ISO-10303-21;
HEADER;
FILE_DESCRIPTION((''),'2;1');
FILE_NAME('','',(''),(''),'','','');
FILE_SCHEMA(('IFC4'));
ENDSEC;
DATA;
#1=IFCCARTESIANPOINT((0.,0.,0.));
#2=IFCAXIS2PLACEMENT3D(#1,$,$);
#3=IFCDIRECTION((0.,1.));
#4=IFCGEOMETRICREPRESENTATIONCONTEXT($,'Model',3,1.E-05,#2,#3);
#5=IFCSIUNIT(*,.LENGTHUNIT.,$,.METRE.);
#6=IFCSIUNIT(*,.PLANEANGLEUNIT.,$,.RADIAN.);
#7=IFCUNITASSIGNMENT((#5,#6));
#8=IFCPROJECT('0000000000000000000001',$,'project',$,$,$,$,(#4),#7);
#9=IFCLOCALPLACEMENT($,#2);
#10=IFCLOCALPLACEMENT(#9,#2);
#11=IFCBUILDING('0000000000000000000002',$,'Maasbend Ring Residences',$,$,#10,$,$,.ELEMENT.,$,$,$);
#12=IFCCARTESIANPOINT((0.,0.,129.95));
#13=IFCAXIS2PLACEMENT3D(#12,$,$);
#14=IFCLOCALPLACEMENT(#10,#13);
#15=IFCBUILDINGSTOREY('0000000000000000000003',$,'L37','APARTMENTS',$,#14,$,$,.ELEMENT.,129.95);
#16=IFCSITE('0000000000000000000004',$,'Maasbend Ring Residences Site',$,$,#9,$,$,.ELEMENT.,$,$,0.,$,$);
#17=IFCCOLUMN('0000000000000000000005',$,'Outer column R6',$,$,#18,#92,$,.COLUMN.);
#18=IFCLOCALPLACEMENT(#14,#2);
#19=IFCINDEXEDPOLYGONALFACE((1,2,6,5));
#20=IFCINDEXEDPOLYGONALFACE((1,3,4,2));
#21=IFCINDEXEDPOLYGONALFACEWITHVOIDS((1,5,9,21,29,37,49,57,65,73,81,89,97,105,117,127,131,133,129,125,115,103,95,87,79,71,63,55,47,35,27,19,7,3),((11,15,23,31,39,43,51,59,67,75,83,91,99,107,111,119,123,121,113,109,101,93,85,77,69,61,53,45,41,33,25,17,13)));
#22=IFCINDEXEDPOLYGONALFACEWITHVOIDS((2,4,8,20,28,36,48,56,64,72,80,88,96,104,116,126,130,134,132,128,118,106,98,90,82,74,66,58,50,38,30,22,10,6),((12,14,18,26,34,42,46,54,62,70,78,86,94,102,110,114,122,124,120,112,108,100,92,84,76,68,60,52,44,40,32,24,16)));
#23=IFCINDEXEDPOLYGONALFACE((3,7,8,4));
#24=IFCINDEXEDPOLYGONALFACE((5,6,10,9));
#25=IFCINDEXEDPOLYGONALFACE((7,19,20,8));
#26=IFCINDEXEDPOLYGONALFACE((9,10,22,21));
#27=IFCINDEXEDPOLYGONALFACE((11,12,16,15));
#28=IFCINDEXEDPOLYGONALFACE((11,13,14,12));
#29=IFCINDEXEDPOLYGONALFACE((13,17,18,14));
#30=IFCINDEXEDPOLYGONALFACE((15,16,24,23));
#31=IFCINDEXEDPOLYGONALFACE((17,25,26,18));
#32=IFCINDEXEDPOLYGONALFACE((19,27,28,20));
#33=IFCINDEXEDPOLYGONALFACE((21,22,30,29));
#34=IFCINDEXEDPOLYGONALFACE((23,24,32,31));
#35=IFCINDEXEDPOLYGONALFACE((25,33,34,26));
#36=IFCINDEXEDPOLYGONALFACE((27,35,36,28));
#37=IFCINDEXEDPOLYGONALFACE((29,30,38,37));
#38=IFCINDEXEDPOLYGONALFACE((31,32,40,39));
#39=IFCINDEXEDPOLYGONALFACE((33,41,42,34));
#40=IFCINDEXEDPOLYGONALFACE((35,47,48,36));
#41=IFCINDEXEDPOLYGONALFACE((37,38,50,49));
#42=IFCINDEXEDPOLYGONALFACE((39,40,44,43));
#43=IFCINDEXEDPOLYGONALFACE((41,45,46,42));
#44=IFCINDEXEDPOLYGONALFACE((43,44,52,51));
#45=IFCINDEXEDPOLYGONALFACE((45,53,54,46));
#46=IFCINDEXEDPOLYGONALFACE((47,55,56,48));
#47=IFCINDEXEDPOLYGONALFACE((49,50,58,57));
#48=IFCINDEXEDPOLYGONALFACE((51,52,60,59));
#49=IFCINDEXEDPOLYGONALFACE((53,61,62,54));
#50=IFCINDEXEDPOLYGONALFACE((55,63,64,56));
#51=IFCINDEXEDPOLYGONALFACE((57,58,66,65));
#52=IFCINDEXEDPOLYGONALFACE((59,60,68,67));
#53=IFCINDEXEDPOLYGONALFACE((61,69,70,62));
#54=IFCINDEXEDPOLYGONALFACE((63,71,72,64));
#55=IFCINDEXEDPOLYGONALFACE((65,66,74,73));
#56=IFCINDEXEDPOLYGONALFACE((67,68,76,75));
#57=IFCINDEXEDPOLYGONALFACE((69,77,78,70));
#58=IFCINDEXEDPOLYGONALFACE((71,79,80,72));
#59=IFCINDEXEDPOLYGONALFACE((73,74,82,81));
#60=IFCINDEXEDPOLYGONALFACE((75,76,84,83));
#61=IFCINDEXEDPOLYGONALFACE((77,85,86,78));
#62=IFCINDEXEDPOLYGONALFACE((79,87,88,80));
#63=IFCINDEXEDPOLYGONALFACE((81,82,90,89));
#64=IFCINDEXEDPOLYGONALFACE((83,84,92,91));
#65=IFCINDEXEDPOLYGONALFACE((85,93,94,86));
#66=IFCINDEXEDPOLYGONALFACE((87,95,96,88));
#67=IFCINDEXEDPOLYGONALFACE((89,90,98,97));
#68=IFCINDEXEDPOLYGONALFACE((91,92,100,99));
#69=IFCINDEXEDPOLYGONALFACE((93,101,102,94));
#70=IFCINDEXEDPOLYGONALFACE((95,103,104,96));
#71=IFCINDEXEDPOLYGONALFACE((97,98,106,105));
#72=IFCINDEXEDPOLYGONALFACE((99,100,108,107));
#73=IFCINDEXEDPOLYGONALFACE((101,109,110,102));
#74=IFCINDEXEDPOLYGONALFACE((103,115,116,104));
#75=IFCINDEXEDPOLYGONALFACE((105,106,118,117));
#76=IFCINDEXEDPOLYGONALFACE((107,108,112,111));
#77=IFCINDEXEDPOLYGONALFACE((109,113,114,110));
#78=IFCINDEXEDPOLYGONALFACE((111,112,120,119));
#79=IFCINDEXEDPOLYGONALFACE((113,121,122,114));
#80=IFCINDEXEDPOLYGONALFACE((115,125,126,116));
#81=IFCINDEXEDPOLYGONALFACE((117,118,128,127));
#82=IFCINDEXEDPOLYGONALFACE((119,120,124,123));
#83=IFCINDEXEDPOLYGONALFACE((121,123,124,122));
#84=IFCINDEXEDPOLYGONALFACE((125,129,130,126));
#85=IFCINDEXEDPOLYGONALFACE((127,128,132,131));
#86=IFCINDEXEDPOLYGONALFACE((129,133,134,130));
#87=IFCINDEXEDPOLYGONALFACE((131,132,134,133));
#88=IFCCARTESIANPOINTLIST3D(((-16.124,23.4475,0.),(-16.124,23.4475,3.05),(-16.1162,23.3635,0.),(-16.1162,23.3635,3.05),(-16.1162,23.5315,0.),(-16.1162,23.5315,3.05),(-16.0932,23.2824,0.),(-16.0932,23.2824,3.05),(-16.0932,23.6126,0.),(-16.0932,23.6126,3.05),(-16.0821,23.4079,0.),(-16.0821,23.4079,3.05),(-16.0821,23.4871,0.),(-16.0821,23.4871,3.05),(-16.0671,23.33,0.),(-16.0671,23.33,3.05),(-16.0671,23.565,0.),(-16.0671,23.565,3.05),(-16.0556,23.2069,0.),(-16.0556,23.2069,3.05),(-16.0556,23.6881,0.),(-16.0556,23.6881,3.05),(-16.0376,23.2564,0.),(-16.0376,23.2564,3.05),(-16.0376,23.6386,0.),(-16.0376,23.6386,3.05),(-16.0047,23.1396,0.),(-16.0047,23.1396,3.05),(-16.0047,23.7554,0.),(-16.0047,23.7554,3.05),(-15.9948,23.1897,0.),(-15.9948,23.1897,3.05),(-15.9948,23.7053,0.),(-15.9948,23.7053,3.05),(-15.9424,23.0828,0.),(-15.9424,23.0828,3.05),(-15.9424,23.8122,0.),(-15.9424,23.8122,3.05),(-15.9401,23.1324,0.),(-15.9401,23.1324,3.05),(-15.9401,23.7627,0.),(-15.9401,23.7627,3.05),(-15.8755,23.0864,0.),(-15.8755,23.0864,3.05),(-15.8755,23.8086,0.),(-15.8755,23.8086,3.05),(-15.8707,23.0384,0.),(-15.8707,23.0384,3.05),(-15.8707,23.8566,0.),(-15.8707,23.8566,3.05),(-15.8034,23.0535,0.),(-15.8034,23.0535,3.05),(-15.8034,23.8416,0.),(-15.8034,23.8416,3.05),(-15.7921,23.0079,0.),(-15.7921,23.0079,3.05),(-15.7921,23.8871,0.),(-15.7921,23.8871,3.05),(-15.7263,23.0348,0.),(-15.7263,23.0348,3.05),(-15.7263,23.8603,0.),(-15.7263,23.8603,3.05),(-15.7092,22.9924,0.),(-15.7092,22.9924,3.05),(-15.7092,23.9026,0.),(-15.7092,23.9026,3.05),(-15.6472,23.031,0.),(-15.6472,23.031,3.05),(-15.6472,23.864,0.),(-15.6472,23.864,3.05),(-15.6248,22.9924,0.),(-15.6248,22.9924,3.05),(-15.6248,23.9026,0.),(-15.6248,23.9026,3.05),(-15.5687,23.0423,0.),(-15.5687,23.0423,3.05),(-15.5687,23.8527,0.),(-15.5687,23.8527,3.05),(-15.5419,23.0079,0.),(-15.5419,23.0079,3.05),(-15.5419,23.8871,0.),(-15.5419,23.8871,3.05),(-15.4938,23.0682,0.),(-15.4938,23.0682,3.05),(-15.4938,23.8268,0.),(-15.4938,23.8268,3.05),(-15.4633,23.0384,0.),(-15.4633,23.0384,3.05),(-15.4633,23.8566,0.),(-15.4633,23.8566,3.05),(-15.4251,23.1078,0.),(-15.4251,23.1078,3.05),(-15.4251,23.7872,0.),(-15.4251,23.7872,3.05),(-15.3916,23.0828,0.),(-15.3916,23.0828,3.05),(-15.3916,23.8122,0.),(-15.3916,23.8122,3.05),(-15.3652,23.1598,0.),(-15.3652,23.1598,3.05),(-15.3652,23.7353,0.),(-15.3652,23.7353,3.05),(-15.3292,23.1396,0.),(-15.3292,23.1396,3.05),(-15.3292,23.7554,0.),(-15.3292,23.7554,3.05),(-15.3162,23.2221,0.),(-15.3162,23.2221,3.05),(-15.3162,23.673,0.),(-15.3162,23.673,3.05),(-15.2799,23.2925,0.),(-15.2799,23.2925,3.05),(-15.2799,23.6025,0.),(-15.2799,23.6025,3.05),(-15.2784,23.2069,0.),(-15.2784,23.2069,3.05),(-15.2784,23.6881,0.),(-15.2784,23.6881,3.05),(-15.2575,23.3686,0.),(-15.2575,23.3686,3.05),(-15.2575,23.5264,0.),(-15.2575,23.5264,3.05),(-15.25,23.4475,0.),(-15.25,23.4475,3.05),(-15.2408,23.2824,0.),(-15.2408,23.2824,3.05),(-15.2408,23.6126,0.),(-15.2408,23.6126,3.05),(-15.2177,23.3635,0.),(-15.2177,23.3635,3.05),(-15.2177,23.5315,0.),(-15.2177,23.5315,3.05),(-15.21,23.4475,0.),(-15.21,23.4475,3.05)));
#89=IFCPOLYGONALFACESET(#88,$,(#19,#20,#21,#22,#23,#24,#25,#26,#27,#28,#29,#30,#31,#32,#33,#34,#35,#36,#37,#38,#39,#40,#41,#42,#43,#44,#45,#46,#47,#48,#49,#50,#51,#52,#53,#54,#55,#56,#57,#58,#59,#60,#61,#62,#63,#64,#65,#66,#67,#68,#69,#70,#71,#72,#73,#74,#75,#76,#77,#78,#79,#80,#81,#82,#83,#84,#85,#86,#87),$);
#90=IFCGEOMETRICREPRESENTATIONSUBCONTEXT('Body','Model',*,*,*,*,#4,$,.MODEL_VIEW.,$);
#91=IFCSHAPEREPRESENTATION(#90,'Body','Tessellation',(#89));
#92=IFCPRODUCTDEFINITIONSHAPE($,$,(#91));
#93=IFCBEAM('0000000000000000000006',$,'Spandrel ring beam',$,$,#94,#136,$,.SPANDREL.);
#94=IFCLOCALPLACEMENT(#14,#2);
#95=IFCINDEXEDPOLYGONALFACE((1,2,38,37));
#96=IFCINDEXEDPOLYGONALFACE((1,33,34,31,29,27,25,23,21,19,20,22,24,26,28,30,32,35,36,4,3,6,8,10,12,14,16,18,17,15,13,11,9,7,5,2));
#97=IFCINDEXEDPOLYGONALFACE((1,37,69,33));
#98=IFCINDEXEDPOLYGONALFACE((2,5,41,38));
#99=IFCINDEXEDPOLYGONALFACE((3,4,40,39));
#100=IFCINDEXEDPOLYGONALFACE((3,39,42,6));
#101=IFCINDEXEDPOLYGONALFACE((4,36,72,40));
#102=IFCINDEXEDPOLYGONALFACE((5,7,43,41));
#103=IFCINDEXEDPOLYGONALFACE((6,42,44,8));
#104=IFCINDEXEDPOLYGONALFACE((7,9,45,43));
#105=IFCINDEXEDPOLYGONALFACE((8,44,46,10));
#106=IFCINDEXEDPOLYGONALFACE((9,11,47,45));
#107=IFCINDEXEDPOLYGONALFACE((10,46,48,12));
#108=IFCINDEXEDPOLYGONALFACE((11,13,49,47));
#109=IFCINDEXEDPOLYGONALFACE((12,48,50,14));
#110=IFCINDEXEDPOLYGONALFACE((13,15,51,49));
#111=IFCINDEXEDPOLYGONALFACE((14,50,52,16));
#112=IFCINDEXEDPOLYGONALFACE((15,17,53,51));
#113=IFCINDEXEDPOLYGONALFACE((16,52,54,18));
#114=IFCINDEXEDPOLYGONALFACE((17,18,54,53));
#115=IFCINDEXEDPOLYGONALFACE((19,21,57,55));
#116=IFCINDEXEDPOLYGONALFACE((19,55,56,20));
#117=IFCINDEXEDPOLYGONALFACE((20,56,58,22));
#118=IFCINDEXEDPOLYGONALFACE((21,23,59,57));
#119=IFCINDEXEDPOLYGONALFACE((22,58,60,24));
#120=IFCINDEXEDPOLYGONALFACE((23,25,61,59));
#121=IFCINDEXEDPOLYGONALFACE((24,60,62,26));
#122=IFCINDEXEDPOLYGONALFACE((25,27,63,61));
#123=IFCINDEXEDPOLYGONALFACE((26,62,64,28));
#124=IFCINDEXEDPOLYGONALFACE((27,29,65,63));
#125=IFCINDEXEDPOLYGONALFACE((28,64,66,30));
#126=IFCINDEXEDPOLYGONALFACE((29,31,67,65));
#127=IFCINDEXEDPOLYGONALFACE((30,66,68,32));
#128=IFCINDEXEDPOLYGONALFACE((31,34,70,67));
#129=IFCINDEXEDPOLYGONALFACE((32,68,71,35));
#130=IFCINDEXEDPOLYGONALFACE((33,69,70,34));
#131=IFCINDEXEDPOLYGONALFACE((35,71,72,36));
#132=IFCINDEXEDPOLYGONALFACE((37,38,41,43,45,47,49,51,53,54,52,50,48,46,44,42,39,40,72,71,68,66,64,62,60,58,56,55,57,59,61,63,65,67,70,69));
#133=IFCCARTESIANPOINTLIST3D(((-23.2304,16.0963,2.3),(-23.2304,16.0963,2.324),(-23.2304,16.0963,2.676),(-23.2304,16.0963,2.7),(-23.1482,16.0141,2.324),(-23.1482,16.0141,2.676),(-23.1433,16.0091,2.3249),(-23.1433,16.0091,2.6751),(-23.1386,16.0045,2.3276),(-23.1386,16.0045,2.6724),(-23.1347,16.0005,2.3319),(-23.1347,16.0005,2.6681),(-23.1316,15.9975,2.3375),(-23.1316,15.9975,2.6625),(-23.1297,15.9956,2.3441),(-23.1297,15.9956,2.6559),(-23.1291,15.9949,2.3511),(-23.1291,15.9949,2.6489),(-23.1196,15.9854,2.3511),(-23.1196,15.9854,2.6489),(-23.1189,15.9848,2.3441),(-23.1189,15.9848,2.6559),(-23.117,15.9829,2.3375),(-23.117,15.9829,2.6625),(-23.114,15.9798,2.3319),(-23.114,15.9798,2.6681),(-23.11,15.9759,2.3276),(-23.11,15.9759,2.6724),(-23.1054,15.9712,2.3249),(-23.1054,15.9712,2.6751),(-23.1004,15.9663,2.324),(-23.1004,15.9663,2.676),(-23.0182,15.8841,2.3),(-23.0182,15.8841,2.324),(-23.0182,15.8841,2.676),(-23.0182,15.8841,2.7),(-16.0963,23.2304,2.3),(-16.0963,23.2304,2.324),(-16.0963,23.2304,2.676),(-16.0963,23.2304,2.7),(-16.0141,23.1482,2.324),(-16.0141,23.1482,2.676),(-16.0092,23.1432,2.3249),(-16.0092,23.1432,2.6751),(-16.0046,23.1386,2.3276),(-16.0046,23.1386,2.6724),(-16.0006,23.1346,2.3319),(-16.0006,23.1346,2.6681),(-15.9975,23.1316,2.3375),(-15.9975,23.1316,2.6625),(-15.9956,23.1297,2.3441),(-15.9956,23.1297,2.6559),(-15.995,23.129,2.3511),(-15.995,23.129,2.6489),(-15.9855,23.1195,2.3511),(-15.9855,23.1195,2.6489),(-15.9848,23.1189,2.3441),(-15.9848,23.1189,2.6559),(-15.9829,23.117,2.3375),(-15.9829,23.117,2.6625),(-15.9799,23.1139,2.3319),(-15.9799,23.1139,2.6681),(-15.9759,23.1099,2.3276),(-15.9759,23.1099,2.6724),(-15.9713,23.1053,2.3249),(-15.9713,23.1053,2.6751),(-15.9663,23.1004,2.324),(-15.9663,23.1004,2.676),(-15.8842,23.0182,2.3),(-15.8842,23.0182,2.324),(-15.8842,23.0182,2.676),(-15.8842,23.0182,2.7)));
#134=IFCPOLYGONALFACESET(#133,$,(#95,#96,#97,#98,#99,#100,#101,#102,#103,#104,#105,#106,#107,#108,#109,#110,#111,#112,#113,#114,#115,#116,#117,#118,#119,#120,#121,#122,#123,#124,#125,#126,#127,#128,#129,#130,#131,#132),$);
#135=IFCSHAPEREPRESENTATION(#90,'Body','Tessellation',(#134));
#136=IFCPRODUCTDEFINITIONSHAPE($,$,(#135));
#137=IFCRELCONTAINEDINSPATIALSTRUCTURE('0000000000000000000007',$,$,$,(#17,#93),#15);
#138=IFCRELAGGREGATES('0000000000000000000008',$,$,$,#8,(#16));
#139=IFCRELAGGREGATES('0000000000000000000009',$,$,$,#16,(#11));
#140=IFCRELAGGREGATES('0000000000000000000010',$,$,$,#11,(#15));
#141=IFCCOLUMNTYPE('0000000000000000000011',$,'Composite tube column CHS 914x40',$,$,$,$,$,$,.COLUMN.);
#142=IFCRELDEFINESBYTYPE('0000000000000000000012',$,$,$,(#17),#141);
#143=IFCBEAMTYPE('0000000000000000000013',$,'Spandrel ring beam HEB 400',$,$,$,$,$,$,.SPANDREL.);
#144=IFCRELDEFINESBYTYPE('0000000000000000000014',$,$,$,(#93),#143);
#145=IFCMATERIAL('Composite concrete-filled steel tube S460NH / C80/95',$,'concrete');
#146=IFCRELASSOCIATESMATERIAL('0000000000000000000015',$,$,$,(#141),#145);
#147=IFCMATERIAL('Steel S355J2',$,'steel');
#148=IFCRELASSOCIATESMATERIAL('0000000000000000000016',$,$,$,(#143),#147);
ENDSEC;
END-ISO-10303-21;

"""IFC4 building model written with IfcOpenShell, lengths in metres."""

from ifc_helpers import new_model, si_unit, direction, frame, origin, origin_2d, place, context, subcontext, project, spatial, hollow_circle, i_section, extrude, material, material_profile, profile_set, type_object, element, save


model = new_model("IFC4")

# Units and contexts
model_context = context("Model", 3, precision=1e-05, world=origin(), true_north=direction((0.0, 1.0)))
body_context = subcontext(model_context, "Body", "Model", "MODEL_VIEW")
ifc_project = project(units=[si_unit("LENGTHUNIT", "METRE"), si_unit("PLANEANGLEUNIT", "RADIAN")], contexts=[model_context])

# Site, building, storey
site_placement = place(None, origin())
site = spatial("IfcSite", under=ifc_project, at=site_placement, Name="Maasbend Ring Residences Site", CompositionType="ELEMENT", RefElevation=0.0)
building_placement = place(site_placement, origin())
building = spatial("IfcBuilding", under=site, at=building_placement, Name="Maasbend Ring Residences", CompositionType="ELEMENT")
storey_placement = place(building_placement, frame((0.0, 0.0, 129.95)))
storey = spatial("IfcBuildingStorey", under=building, at=storey_placement, Name="L37", Description="APARTMENTS", CompositionType="ELEMENT", Elevation=129.95)

# Column
ifc_material_1 = material(Name="Composite concrete-filled steel tube S460NH / C80/95", Category="concrete")
ifc_material_profile_1 = material_profile(ifc_material_1, hollow_circle(Radius=0.457, WallThickness=0.04, at=origin_2d()), Name="Composite tube column CHS 914x40")
ifc_profile_set_1 = profile_set([ifc_material_profile_1], Name="Composite concrete-filled steel tube S460NH / C80/95")
column_type = type_object("IfcColumnType", Name="Composite tube column CHS 914x40", PredefinedType="COLUMN", material=ifc_profile_set_1)
column_placement = place(storey_placement, frame((-15.667, 23.4475, 0.0), z_axis=(0.0, 0.0, 1.0), x_axis=(1.0, 0.0, 0.0)))
element("IfcColumn", 1, at=column_placement, inside=storey, type_object=column_type, Name="Outer column R6", PredefinedType="COLUMN", context=body_context, shape_type="SweptSolid", body=[
    extrude(hollow_circle(Radius=0.457, WallThickness=0.04, at=origin_2d()), origin(), (0.0, 0.0, 1.0), 3.05),
])

# Beam
ifc_material_2 = material(Name="Steel S355J2", Category="steel")
ifc_material_profile_2 = material_profile(ifc_material_2, i_section(OverallWidth=0.3, OverallDepth=0.3999, WebThickness=0.0134, FlangeThickness=0.0239, FilletRadius=0.0271, at=origin_2d()), Name="HEB 400")
ifc_profile_set_2 = profile_set([ifc_material_profile_2], Name="Steel S355J2")
beam_type = type_object("IfcBeamType", Name="Spandrel ring beam HEB 400", PredefinedType="SPANDREL", material=ifc_profile_set_2)
beam_placement = place(storey_placement, frame((-15.9902, 23.1243, 2.5), z_axis=(-0.707107, -0.707107, 0.0), x_axis=(0.707107, -0.707107, 0.0)))
element("IfcBeam", 2, at=beam_placement, inside=storey, type_object=beam_type, Name="Spandrel ring beam", PredefinedType="SPANDREL", context=body_context, shape_type="SweptSolid", body=[
    extrude(i_section(OverallWidth=0.3, OverallDepth=0.3999, WebThickness=0.0134, FlangeThickness=0.0239, FilletRadius=0.0271, at=origin_2d()), origin(), (0.0, 0.0, 1.0), 10.0891),
])

save(model, "model.ifc")
